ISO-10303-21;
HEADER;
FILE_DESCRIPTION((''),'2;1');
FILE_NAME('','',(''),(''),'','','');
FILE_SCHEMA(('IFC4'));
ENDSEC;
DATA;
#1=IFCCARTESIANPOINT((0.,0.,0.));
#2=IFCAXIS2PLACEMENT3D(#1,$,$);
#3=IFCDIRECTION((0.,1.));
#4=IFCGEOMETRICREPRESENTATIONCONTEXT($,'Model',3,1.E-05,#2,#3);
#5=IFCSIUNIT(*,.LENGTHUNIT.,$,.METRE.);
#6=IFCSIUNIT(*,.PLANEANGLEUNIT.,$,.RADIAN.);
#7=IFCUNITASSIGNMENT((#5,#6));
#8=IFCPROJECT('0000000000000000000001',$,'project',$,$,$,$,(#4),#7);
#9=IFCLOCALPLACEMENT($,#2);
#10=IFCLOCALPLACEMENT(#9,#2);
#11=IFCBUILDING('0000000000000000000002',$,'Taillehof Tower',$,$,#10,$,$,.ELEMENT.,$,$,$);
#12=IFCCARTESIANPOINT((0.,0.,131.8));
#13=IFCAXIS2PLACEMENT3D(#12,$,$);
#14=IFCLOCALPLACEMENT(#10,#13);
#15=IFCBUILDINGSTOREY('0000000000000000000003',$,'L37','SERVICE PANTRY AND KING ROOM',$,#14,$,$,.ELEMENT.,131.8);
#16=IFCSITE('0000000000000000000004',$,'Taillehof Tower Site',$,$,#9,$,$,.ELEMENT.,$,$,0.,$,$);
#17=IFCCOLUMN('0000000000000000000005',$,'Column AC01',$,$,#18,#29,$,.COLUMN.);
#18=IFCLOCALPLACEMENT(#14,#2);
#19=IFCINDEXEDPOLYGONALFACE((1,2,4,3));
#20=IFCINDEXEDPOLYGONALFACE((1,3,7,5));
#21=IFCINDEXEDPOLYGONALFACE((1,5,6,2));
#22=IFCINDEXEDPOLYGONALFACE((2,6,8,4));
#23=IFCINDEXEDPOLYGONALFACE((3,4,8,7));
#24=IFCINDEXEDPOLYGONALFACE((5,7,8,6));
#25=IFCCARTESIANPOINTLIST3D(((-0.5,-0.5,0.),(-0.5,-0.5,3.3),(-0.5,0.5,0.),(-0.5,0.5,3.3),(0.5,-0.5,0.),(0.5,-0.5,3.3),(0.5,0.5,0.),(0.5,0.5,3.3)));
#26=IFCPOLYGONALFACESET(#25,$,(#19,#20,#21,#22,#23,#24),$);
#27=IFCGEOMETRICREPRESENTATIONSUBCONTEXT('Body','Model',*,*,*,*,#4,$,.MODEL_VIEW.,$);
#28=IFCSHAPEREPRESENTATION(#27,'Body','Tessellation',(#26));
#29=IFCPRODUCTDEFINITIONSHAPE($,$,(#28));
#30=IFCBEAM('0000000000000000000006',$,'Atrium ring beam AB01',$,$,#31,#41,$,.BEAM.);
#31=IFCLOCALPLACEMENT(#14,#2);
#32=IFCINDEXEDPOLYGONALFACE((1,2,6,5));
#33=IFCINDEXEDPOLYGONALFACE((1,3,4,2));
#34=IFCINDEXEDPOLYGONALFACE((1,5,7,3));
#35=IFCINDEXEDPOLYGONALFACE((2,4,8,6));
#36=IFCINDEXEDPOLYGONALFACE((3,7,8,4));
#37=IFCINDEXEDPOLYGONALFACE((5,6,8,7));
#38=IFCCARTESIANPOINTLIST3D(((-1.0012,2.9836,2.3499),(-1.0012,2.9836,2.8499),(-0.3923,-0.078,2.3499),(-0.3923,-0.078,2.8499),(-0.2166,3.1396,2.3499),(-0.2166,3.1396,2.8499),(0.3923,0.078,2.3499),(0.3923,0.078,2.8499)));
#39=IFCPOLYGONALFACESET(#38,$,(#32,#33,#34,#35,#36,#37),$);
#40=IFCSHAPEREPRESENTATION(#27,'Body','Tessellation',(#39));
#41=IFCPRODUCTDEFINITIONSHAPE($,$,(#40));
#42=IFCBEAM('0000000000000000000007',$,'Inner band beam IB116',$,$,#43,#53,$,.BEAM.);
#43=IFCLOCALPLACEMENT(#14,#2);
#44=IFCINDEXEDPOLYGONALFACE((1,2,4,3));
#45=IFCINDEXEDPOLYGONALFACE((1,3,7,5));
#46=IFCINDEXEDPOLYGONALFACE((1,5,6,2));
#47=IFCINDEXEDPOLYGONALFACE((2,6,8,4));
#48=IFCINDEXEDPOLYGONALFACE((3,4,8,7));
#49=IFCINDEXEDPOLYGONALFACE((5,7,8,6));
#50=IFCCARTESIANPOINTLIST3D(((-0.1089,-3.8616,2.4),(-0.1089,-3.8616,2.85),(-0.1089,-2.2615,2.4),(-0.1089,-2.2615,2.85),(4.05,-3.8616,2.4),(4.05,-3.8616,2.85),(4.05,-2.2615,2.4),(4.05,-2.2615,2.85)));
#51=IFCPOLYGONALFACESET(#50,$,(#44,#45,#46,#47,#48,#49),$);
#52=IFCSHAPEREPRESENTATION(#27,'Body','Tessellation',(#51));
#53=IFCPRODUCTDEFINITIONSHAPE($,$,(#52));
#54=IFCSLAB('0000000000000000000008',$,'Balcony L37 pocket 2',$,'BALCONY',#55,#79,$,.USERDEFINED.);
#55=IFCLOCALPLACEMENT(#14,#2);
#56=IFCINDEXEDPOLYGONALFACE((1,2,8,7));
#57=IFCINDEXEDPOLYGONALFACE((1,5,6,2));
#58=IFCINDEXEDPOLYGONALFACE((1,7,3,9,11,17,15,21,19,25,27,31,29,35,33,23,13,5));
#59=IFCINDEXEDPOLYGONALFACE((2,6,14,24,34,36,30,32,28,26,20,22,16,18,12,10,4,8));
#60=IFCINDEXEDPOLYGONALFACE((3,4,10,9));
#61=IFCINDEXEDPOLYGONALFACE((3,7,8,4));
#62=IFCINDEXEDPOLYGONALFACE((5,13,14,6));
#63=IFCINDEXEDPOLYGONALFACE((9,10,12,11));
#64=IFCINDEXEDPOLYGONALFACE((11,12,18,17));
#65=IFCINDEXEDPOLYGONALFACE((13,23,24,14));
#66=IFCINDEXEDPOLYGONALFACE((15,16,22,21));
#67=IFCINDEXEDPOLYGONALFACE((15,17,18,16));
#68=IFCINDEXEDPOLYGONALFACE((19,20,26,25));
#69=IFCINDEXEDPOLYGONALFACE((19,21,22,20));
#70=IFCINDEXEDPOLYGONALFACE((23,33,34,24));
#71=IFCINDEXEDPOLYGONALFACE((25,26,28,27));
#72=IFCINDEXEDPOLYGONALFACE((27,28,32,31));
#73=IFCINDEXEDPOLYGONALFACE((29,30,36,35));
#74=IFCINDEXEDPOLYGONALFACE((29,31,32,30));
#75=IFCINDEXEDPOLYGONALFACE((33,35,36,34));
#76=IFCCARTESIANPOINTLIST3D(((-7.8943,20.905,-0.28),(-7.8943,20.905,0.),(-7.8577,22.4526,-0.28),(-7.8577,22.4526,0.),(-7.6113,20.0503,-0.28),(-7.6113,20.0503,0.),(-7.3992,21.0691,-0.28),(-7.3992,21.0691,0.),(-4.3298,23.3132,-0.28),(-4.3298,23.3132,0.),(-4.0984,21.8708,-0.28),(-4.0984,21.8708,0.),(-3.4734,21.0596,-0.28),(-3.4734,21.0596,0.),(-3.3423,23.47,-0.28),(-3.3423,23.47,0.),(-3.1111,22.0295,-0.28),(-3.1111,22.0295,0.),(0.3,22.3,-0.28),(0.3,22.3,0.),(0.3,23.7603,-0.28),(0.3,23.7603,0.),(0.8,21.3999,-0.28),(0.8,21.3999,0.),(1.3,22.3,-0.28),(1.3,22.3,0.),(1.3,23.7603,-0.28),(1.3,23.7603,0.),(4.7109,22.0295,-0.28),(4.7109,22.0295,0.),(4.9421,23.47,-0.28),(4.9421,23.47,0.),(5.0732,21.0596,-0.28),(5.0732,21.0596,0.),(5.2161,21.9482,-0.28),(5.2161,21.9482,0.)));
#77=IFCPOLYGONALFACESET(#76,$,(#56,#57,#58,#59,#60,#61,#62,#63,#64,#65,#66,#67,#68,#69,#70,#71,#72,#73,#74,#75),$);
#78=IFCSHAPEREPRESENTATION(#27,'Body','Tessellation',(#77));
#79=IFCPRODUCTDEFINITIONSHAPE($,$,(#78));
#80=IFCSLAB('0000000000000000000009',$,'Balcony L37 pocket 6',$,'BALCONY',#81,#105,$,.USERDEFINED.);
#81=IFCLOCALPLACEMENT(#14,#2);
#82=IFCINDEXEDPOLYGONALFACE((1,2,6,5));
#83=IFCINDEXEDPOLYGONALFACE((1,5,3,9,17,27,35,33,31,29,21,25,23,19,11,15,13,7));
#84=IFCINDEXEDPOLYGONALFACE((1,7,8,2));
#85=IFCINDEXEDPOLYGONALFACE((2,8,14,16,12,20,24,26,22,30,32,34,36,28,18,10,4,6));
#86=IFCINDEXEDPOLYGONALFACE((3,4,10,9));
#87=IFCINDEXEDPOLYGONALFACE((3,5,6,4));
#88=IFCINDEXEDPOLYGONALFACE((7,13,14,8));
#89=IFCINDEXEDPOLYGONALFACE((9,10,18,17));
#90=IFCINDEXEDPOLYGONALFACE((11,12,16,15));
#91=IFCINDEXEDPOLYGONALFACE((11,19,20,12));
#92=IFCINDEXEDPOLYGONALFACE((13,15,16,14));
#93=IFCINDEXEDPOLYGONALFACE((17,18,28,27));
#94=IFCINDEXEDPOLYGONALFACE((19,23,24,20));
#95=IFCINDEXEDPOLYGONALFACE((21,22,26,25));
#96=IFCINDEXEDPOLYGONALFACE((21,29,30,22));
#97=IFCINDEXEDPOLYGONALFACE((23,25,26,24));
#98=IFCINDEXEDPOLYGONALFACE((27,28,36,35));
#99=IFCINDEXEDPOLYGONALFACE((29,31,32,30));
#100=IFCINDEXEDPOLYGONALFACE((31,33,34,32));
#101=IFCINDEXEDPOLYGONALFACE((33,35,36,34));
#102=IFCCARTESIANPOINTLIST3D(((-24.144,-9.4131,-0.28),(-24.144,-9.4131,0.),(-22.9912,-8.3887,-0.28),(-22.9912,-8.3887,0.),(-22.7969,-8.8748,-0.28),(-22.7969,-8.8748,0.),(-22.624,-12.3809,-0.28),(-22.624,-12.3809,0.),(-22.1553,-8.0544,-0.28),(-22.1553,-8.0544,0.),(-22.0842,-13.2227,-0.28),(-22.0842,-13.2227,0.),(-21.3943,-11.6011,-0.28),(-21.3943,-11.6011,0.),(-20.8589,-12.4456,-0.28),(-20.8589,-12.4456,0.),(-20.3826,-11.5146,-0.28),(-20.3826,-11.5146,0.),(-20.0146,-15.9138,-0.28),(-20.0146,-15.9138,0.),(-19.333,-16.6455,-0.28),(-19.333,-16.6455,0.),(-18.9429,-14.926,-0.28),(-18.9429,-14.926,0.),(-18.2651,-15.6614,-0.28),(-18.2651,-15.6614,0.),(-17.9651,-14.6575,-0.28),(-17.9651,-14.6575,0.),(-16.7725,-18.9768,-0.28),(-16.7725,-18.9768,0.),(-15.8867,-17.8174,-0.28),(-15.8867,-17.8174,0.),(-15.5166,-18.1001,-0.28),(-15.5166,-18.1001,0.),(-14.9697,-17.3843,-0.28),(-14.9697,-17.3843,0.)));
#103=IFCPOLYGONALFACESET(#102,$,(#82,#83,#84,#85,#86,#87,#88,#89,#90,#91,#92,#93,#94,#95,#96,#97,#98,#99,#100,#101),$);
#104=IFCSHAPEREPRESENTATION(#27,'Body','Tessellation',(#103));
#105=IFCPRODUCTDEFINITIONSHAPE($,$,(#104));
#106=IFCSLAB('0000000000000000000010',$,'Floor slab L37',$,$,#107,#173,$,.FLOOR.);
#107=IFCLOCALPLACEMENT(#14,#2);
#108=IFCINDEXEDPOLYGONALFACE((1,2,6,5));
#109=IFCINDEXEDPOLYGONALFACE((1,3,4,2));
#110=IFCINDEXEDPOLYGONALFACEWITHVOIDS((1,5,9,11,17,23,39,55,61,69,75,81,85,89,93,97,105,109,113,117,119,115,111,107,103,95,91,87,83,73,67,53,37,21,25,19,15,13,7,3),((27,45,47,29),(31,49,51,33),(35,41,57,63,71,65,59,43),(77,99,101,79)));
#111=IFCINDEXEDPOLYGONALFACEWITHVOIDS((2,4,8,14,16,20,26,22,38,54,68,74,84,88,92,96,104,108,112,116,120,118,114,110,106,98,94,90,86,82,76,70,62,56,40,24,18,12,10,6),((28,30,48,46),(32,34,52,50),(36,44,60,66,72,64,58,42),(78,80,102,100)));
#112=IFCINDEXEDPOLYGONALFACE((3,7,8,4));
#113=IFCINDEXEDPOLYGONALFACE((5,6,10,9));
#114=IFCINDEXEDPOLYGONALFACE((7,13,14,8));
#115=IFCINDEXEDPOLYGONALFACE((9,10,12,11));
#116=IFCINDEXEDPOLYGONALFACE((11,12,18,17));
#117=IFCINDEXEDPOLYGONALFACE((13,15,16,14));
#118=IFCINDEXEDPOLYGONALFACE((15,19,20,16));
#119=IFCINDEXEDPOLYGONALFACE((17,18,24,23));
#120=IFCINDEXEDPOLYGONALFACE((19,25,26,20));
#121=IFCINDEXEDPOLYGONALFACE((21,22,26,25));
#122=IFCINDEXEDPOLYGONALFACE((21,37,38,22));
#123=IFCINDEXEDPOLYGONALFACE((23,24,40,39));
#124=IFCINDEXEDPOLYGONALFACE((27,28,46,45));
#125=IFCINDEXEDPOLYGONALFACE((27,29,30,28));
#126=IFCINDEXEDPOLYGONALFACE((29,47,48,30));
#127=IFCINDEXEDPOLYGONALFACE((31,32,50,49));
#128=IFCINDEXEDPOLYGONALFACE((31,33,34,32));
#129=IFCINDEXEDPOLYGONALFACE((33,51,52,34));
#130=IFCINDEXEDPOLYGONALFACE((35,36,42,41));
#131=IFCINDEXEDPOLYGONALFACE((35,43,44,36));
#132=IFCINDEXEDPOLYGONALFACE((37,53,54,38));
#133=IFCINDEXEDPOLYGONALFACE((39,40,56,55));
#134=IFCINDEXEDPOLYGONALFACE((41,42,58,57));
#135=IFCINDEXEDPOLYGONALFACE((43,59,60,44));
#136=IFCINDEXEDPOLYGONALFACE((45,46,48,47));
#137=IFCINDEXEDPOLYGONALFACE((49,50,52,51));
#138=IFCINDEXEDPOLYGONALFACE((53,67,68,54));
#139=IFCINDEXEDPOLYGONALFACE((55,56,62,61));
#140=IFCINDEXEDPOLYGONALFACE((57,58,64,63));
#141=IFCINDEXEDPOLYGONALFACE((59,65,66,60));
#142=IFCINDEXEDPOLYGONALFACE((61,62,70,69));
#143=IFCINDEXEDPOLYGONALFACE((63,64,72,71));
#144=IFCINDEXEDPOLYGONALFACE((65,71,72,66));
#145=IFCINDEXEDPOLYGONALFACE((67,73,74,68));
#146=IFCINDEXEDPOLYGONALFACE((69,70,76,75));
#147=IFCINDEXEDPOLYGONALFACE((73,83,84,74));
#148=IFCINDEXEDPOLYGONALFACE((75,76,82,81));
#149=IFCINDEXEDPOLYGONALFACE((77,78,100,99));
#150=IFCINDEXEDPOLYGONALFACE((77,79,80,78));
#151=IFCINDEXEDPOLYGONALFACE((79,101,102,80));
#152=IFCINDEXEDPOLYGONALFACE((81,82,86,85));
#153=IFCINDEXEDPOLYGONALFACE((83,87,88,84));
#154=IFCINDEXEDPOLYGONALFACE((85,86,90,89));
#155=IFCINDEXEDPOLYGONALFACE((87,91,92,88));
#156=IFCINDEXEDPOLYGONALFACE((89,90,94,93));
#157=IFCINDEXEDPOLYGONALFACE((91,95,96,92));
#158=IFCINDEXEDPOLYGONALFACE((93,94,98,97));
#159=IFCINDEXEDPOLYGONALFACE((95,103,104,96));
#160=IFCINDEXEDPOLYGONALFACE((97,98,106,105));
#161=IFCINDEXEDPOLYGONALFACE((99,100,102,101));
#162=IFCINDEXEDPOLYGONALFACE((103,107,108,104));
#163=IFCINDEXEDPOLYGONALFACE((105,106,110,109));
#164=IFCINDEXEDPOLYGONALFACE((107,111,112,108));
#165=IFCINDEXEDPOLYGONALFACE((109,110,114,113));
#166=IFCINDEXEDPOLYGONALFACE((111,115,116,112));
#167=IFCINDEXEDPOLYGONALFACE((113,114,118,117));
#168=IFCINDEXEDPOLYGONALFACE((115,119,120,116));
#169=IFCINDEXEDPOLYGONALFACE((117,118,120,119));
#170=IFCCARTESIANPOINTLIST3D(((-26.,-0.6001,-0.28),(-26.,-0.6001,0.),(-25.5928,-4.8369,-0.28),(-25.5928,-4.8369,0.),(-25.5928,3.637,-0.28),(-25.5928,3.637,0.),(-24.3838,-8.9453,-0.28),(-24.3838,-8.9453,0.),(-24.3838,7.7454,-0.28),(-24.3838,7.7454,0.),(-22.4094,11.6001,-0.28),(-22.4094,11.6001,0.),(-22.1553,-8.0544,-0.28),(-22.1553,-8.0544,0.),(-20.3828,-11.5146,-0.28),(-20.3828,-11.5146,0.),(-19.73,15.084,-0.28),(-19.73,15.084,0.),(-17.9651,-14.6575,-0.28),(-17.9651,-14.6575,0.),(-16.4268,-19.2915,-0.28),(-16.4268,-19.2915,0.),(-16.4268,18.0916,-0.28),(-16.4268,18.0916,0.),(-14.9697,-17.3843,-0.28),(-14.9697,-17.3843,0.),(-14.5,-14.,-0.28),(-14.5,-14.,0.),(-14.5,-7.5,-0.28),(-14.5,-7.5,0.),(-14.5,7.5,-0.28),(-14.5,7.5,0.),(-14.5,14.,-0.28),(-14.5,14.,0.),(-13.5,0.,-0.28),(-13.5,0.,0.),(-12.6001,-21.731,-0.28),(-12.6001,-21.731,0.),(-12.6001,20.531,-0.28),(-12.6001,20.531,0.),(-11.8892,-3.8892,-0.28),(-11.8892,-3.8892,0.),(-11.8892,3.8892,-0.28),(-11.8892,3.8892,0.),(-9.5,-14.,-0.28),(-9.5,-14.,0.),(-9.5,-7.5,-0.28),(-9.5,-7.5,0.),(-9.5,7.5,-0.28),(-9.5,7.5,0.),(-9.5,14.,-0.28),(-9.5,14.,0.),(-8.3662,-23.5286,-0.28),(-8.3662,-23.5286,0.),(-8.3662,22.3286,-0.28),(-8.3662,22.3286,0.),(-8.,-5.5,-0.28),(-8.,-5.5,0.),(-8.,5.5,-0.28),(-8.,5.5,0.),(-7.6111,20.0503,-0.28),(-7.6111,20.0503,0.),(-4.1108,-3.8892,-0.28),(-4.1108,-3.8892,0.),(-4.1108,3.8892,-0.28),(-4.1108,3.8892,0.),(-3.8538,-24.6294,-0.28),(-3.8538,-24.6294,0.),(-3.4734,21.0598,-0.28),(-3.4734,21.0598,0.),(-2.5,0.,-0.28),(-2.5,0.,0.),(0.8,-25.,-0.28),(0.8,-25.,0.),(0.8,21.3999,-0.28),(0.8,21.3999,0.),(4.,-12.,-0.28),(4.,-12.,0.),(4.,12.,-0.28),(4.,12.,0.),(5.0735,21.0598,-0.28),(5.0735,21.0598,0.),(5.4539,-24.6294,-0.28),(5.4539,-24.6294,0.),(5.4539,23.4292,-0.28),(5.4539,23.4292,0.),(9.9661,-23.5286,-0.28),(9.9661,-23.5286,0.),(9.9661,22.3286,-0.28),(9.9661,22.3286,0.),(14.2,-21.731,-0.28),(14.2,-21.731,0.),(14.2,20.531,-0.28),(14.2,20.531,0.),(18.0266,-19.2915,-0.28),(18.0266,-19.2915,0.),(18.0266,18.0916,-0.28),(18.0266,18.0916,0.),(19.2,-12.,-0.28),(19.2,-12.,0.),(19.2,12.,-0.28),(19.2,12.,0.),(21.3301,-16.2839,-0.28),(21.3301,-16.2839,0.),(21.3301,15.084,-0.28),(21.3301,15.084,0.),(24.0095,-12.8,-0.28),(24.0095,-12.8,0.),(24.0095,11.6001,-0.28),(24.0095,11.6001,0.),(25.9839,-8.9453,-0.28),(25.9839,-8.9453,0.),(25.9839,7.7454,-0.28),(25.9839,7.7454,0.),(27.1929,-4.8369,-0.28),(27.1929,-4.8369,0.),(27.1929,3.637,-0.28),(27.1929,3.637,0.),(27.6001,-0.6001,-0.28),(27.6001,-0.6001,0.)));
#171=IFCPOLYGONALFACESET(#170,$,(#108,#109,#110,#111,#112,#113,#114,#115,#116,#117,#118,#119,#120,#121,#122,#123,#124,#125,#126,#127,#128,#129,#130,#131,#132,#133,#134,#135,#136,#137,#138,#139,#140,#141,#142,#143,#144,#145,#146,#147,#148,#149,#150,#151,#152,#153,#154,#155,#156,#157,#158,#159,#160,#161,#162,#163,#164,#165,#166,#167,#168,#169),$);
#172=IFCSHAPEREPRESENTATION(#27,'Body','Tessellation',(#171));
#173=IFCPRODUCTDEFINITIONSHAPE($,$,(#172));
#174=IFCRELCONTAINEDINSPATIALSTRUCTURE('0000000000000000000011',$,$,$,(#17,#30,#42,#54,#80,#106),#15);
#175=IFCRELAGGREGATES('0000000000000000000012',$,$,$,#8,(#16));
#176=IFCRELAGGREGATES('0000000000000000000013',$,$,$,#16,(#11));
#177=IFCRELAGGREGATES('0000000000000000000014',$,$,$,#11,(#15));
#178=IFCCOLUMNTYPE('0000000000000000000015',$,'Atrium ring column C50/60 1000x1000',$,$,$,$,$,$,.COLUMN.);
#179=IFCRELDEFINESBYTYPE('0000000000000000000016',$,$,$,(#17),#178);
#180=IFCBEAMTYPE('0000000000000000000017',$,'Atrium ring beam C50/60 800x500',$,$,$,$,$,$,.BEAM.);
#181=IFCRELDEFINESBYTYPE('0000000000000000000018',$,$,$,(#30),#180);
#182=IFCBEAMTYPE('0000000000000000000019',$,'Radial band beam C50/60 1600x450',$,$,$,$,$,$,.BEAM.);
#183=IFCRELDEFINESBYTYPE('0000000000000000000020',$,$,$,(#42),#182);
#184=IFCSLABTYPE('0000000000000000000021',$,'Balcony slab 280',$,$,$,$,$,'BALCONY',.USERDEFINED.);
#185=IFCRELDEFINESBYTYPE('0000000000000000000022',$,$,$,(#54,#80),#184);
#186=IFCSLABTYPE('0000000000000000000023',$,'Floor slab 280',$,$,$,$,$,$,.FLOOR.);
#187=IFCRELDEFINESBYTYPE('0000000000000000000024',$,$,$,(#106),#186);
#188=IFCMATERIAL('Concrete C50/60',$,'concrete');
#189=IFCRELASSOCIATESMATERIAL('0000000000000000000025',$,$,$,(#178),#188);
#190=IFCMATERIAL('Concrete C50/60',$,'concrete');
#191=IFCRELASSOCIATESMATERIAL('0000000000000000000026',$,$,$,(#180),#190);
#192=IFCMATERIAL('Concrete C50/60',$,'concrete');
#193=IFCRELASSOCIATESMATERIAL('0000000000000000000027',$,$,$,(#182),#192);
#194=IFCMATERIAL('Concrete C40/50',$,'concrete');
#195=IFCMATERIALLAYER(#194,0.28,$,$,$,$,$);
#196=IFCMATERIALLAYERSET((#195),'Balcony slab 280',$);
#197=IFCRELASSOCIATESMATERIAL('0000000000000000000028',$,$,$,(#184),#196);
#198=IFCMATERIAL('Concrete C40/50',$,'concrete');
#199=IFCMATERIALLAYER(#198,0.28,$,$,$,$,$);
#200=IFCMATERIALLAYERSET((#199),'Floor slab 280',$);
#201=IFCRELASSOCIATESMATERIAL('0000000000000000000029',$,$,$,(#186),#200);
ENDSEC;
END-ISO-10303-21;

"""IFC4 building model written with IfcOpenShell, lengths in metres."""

from ifc_helpers import new_model, si_unit, direction, frame, origin, origin_with_axes, origin_2d, place, context, subcontext, project, spatial, polyline, rectangle, outline, extrude, material, layer, layer_set, material_profile, profile_set, type_object, element, save


model = new_model("IFC4")

# Units and contexts
model_context = context("Model", 3, precision=1e-05, world=origin(), true_north=direction((0.0, 1.0)))
body_context = subcontext(model_context, "Body", "Model", "MODEL_VIEW")
ifc_project = project(units=[si_unit("LENGTHUNIT", "METRE"), si_unit("PLANEANGLEUNIT", "RADIAN")], contexts=[model_context])

# Site, building, storey
site_placement = place(None, origin())
site = spatial("IfcSite", under=ifc_project, at=site_placement, Name="Taillehof Tower Site", CompositionType="ELEMENT", RefElevation=0.0)
building_placement = place(site_placement, origin())
building = spatial("IfcBuilding", under=site, at=building_placement, Name="Taillehof Tower", CompositionType="ELEMENT")
storey_placement = place(building_placement, frame((0.0, 0.0, 131.8)))
storey = spatial("IfcBuildingStorey", under=building, at=storey_placement, Name="L37", Description="SERVICE PANTRY AND KING ROOM", CompositionType="ELEMENT", Elevation=131.8)

# Column
ifc_material_1 = material(Name="Concrete C50/60", Category="concrete")
ifc_material_profile_1 = material_profile(ifc_material_1, rectangle(XDim=1.0, YDim=1.0, at=origin_2d()), Name="RC 1000x1000")
ifc_profile_set_1 = profile_set([ifc_material_profile_1], Name="Concrete C50/60")
column_type = type_object("IfcColumnType", Name="Atrium ring column C50/60 1000x1000", PredefinedType="COLUMN", material=ifc_profile_set_1)
column_placement = place(storey_placement, origin_with_axes())
element("IfcColumn", 1, at=column_placement, inside=storey, type_object=column_type, Name="Column AC01", PredefinedType="COLUMN", context=body_context, shape_type="SweptSolid", body=[
    extrude(rectangle(XDim=1.0, YDim=1.0, at=origin_2d()), origin(), (0.0, 0.0, 1.0), 3.3),
])

# Beams
ifc_material_2 = material(Name="Concrete C50/60", Category="concrete")
ifc_material_profile_2 = material_profile(ifc_material_2, rectangle(XDim=0.8, YDim=0.5, at=origin_2d()), Name="RC 800x500")
ifc_profile_set_2 = profile_set([ifc_material_profile_2], Name="Concrete C50/60")
beam_type_1 = type_object("IfcBeamType", Name="Atrium ring beam C50/60 800x500", PredefinedType="BEAM", material=ifc_profile_set_2)
beam_1_placement = place(storey_placement, frame((0.0, 0.0, 2.5999), z_axis=(-0.195063, 0.980791, 0.0), x_axis=(-0.980791, -0.195063, 0.0)))
element("IfcBeam", 2, at=beam_1_placement, inside=storey, type_object=beam_type_1, Name="Atrium ring beam AB01", PredefinedType="BEAM", context=body_context, shape_type="SweptSolid", body=[
    extrude(rectangle(XDim=0.8, YDim=0.5, at=origin_2d()), origin(), (0.0, 0.0, 1.0), 3.1216),
])
ifc_material_3 = material(Name="Concrete C50/60", Category="concrete")
ifc_material_profile_3 = material_profile(ifc_material_3, rectangle(XDim=1.6001, YDim=0.45, at=origin_2d()), Name="RC 1600x450")
ifc_profile_set_3 = profile_set([ifc_material_profile_3], Name="Concrete C50/60")
beam_type_2 = type_object("IfcBeamType", Name="Radial band beam C50/60 1600x450", PredefinedType="BEAM", material=ifc_profile_set_3)
beam_2_placement = place(storey_placement, frame((-0.1089, -3.0615, 2.625), z_axis=(1.0, 0.0, 0.0), x_axis=(0.0, 1.0, 0.0)))
element("IfcBeam", 3, at=beam_2_placement, inside=storey, type_object=beam_type_2, Name="Inner band beam IB116", PredefinedType="BEAM", context=body_context, shape_type="SweptSolid", body=[
    extrude(rectangle(XDim=1.6001, YDim=0.45, at=origin_2d()), origin(), (0.0, 0.0, 1.0), 4.1589),
])

# Slabs
ifc_material_4 = material(Name="Concrete C40/50", Category="concrete")
ifc_layer_1 = layer(ifc_material_4, 0.28)
ifc_layer_set_1 = layer_set([ifc_layer_1], Name="Balcony slab 280")
slab_type_1 = type_object("IfcSlabType", Name="Balcony slab 280", ElementType="BALCONY", PredefinedType="USERDEFINED", material=ifc_layer_set_1)
slab_1_placement = place(storey_placement, frame((0.0, 0.0, -0.28)))
element("IfcSlab", 4, at=slab_1_placement, inside=storey, type_object=slab_type_1, Name="Balcony L37 pocket 2", ObjectType="BALCONY", PredefinedType="USERDEFINED", context=body_context, shape_type="SweptSolid", body=[
    extrude(outline(polyline([(-7.6113, 20.0503), (-7.8943, 20.905), (-7.3992, 21.0691), (-7.8577, 22.4526), (-4.3298, 23.3132), (-4.0984, 21.8708), (-3.1111, 22.0295), (-3.3423, 23.47), (0.3, 23.7603), (0.3, 22.3), (1.3, 22.3), (1.3, 23.7603), (4.9421, 23.47), (4.7109, 22.0295), (5.2161, 21.9482), (5.0732, 21.0596), (0.8, 21.3999), (-3.4734, 21.0596), (-7.6113, 20.0503)])), origin(), (0.0, 0.0, 1.0), 0.28),
])
slab_2_placement = place(storey_placement, frame((0.0, 0.0, -0.28)))
element("IfcSlab", 5, at=slab_2_placement, inside=storey, type_object=slab_type_1, Name="Balcony L37 pocket 6", ObjectType="BALCONY", PredefinedType="USERDEFINED", context=body_context, shape_type="SweptSolid", body=[
    extrude(outline(polyline([(-14.9697, -17.3843), (-15.5166, -18.1001), (-15.8867, -17.8174), (-16.7725, -18.9768), (-19.333, -16.6455), (-18.2651, -15.6614), (-18.9429, -14.926), (-20.0146, -15.9138), (-22.0842, -13.2227), (-20.8589, -12.4456), (-21.3943, -11.6011), (-22.624, -12.3809), (-24.144, -9.4131), (-22.7969, -8.8748), (-22.9912, -8.3887), (-22.1553, -8.0544), (-20.3826, -11.5146), (-17.9651, -14.6575), (-14.9697, -17.3843)])), origin(), (0.0, 0.0, 1.0), 0.28),
])
ifc_material_5 = material(Name="Concrete C40/50", Category="concrete")
ifc_layer_2 = layer(ifc_material_5, 0.28)
ifc_layer_set_2 = layer_set([ifc_layer_2], Name="Floor slab 280")
slab_type_2 = type_object("IfcSlabType", Name="Floor slab 280", PredefinedType="FLOOR", material=ifc_layer_set_2)
slab_3_placement = place(storey_placement, frame((0.0, 0.0, -0.28)))
element("IfcSlab", 6, at=slab_3_placement, inside=storey, type_object=slab_type_2, Name="Floor slab L37", PredefinedType="FLOOR", context=body_context, shape_type="SweptSolid", body=[
    extrude(outline(polyline([(27.6001, -0.6001), (27.1929, 3.637), (25.9839, 7.7454), (24.0095, 11.6001), (21.3301, 15.084), (18.0266, 18.0916), (14.2, 20.531), (9.9661, 22.3286), (5.4539, 23.4292), (5.0735, 21.0598), (0.8, 21.3999), (-3.4734, 21.0598), (-7.6111, 20.0503), (-8.3662, 22.3286), (-12.6001, 20.531), (-16.4268, 18.0916), (-19.73, 15.084), (-22.4094, 11.6001), (-24.3838, 7.7454), (-25.5928, 3.637), (-26.0, -0.6001), (-25.5928, -4.8369), (-24.3838, -8.9453), (-22.1553, -8.0544), (-20.3828, -11.5146), (-17.9651, -14.6575), (-14.9697, -17.3843), (-16.4268, -19.2915), (-12.6001, -21.731), (-8.3662, -23.5286), (-3.8538, -24.6294), (0.8, -25.0), (5.4539, -24.6294), (9.9661, -23.5286), (14.2, -21.731), (18.0266, -19.2915), (21.3301, -16.2839), (24.0095, -12.8), (25.9839, -8.9453), (27.1929, -4.8369), (27.6001, -0.6001)]), holes=[polyline([(-14.5, -7.5), (-9.5, -7.5), (-9.5, -14.0), (-14.5, -14.0), (-14.5, -7.5)]), polyline([(-8.0, -5.5), (-11.8892, -3.8892), (-13.5, 0.0), (-11.8892, 3.8892), (-8.0, 5.5), (-4.1108, 3.8892), (-2.5, 0.0), (-4.1108, -3.8892), (-8.0, -5.5)]), polyline([(19.2, 12.0), (19.2, -12.0), (4.0, -12.0), (4.0, 12.0), (19.2, 12.0)]), polyline([(-14.5, 14.0), (-9.5, 14.0), (-9.5, 7.5), (-14.5, 7.5), (-14.5, 14.0)])]), origin(), (0.0, 0.0, 1.0), 0.28),
])

save(model, "model.ifc")
